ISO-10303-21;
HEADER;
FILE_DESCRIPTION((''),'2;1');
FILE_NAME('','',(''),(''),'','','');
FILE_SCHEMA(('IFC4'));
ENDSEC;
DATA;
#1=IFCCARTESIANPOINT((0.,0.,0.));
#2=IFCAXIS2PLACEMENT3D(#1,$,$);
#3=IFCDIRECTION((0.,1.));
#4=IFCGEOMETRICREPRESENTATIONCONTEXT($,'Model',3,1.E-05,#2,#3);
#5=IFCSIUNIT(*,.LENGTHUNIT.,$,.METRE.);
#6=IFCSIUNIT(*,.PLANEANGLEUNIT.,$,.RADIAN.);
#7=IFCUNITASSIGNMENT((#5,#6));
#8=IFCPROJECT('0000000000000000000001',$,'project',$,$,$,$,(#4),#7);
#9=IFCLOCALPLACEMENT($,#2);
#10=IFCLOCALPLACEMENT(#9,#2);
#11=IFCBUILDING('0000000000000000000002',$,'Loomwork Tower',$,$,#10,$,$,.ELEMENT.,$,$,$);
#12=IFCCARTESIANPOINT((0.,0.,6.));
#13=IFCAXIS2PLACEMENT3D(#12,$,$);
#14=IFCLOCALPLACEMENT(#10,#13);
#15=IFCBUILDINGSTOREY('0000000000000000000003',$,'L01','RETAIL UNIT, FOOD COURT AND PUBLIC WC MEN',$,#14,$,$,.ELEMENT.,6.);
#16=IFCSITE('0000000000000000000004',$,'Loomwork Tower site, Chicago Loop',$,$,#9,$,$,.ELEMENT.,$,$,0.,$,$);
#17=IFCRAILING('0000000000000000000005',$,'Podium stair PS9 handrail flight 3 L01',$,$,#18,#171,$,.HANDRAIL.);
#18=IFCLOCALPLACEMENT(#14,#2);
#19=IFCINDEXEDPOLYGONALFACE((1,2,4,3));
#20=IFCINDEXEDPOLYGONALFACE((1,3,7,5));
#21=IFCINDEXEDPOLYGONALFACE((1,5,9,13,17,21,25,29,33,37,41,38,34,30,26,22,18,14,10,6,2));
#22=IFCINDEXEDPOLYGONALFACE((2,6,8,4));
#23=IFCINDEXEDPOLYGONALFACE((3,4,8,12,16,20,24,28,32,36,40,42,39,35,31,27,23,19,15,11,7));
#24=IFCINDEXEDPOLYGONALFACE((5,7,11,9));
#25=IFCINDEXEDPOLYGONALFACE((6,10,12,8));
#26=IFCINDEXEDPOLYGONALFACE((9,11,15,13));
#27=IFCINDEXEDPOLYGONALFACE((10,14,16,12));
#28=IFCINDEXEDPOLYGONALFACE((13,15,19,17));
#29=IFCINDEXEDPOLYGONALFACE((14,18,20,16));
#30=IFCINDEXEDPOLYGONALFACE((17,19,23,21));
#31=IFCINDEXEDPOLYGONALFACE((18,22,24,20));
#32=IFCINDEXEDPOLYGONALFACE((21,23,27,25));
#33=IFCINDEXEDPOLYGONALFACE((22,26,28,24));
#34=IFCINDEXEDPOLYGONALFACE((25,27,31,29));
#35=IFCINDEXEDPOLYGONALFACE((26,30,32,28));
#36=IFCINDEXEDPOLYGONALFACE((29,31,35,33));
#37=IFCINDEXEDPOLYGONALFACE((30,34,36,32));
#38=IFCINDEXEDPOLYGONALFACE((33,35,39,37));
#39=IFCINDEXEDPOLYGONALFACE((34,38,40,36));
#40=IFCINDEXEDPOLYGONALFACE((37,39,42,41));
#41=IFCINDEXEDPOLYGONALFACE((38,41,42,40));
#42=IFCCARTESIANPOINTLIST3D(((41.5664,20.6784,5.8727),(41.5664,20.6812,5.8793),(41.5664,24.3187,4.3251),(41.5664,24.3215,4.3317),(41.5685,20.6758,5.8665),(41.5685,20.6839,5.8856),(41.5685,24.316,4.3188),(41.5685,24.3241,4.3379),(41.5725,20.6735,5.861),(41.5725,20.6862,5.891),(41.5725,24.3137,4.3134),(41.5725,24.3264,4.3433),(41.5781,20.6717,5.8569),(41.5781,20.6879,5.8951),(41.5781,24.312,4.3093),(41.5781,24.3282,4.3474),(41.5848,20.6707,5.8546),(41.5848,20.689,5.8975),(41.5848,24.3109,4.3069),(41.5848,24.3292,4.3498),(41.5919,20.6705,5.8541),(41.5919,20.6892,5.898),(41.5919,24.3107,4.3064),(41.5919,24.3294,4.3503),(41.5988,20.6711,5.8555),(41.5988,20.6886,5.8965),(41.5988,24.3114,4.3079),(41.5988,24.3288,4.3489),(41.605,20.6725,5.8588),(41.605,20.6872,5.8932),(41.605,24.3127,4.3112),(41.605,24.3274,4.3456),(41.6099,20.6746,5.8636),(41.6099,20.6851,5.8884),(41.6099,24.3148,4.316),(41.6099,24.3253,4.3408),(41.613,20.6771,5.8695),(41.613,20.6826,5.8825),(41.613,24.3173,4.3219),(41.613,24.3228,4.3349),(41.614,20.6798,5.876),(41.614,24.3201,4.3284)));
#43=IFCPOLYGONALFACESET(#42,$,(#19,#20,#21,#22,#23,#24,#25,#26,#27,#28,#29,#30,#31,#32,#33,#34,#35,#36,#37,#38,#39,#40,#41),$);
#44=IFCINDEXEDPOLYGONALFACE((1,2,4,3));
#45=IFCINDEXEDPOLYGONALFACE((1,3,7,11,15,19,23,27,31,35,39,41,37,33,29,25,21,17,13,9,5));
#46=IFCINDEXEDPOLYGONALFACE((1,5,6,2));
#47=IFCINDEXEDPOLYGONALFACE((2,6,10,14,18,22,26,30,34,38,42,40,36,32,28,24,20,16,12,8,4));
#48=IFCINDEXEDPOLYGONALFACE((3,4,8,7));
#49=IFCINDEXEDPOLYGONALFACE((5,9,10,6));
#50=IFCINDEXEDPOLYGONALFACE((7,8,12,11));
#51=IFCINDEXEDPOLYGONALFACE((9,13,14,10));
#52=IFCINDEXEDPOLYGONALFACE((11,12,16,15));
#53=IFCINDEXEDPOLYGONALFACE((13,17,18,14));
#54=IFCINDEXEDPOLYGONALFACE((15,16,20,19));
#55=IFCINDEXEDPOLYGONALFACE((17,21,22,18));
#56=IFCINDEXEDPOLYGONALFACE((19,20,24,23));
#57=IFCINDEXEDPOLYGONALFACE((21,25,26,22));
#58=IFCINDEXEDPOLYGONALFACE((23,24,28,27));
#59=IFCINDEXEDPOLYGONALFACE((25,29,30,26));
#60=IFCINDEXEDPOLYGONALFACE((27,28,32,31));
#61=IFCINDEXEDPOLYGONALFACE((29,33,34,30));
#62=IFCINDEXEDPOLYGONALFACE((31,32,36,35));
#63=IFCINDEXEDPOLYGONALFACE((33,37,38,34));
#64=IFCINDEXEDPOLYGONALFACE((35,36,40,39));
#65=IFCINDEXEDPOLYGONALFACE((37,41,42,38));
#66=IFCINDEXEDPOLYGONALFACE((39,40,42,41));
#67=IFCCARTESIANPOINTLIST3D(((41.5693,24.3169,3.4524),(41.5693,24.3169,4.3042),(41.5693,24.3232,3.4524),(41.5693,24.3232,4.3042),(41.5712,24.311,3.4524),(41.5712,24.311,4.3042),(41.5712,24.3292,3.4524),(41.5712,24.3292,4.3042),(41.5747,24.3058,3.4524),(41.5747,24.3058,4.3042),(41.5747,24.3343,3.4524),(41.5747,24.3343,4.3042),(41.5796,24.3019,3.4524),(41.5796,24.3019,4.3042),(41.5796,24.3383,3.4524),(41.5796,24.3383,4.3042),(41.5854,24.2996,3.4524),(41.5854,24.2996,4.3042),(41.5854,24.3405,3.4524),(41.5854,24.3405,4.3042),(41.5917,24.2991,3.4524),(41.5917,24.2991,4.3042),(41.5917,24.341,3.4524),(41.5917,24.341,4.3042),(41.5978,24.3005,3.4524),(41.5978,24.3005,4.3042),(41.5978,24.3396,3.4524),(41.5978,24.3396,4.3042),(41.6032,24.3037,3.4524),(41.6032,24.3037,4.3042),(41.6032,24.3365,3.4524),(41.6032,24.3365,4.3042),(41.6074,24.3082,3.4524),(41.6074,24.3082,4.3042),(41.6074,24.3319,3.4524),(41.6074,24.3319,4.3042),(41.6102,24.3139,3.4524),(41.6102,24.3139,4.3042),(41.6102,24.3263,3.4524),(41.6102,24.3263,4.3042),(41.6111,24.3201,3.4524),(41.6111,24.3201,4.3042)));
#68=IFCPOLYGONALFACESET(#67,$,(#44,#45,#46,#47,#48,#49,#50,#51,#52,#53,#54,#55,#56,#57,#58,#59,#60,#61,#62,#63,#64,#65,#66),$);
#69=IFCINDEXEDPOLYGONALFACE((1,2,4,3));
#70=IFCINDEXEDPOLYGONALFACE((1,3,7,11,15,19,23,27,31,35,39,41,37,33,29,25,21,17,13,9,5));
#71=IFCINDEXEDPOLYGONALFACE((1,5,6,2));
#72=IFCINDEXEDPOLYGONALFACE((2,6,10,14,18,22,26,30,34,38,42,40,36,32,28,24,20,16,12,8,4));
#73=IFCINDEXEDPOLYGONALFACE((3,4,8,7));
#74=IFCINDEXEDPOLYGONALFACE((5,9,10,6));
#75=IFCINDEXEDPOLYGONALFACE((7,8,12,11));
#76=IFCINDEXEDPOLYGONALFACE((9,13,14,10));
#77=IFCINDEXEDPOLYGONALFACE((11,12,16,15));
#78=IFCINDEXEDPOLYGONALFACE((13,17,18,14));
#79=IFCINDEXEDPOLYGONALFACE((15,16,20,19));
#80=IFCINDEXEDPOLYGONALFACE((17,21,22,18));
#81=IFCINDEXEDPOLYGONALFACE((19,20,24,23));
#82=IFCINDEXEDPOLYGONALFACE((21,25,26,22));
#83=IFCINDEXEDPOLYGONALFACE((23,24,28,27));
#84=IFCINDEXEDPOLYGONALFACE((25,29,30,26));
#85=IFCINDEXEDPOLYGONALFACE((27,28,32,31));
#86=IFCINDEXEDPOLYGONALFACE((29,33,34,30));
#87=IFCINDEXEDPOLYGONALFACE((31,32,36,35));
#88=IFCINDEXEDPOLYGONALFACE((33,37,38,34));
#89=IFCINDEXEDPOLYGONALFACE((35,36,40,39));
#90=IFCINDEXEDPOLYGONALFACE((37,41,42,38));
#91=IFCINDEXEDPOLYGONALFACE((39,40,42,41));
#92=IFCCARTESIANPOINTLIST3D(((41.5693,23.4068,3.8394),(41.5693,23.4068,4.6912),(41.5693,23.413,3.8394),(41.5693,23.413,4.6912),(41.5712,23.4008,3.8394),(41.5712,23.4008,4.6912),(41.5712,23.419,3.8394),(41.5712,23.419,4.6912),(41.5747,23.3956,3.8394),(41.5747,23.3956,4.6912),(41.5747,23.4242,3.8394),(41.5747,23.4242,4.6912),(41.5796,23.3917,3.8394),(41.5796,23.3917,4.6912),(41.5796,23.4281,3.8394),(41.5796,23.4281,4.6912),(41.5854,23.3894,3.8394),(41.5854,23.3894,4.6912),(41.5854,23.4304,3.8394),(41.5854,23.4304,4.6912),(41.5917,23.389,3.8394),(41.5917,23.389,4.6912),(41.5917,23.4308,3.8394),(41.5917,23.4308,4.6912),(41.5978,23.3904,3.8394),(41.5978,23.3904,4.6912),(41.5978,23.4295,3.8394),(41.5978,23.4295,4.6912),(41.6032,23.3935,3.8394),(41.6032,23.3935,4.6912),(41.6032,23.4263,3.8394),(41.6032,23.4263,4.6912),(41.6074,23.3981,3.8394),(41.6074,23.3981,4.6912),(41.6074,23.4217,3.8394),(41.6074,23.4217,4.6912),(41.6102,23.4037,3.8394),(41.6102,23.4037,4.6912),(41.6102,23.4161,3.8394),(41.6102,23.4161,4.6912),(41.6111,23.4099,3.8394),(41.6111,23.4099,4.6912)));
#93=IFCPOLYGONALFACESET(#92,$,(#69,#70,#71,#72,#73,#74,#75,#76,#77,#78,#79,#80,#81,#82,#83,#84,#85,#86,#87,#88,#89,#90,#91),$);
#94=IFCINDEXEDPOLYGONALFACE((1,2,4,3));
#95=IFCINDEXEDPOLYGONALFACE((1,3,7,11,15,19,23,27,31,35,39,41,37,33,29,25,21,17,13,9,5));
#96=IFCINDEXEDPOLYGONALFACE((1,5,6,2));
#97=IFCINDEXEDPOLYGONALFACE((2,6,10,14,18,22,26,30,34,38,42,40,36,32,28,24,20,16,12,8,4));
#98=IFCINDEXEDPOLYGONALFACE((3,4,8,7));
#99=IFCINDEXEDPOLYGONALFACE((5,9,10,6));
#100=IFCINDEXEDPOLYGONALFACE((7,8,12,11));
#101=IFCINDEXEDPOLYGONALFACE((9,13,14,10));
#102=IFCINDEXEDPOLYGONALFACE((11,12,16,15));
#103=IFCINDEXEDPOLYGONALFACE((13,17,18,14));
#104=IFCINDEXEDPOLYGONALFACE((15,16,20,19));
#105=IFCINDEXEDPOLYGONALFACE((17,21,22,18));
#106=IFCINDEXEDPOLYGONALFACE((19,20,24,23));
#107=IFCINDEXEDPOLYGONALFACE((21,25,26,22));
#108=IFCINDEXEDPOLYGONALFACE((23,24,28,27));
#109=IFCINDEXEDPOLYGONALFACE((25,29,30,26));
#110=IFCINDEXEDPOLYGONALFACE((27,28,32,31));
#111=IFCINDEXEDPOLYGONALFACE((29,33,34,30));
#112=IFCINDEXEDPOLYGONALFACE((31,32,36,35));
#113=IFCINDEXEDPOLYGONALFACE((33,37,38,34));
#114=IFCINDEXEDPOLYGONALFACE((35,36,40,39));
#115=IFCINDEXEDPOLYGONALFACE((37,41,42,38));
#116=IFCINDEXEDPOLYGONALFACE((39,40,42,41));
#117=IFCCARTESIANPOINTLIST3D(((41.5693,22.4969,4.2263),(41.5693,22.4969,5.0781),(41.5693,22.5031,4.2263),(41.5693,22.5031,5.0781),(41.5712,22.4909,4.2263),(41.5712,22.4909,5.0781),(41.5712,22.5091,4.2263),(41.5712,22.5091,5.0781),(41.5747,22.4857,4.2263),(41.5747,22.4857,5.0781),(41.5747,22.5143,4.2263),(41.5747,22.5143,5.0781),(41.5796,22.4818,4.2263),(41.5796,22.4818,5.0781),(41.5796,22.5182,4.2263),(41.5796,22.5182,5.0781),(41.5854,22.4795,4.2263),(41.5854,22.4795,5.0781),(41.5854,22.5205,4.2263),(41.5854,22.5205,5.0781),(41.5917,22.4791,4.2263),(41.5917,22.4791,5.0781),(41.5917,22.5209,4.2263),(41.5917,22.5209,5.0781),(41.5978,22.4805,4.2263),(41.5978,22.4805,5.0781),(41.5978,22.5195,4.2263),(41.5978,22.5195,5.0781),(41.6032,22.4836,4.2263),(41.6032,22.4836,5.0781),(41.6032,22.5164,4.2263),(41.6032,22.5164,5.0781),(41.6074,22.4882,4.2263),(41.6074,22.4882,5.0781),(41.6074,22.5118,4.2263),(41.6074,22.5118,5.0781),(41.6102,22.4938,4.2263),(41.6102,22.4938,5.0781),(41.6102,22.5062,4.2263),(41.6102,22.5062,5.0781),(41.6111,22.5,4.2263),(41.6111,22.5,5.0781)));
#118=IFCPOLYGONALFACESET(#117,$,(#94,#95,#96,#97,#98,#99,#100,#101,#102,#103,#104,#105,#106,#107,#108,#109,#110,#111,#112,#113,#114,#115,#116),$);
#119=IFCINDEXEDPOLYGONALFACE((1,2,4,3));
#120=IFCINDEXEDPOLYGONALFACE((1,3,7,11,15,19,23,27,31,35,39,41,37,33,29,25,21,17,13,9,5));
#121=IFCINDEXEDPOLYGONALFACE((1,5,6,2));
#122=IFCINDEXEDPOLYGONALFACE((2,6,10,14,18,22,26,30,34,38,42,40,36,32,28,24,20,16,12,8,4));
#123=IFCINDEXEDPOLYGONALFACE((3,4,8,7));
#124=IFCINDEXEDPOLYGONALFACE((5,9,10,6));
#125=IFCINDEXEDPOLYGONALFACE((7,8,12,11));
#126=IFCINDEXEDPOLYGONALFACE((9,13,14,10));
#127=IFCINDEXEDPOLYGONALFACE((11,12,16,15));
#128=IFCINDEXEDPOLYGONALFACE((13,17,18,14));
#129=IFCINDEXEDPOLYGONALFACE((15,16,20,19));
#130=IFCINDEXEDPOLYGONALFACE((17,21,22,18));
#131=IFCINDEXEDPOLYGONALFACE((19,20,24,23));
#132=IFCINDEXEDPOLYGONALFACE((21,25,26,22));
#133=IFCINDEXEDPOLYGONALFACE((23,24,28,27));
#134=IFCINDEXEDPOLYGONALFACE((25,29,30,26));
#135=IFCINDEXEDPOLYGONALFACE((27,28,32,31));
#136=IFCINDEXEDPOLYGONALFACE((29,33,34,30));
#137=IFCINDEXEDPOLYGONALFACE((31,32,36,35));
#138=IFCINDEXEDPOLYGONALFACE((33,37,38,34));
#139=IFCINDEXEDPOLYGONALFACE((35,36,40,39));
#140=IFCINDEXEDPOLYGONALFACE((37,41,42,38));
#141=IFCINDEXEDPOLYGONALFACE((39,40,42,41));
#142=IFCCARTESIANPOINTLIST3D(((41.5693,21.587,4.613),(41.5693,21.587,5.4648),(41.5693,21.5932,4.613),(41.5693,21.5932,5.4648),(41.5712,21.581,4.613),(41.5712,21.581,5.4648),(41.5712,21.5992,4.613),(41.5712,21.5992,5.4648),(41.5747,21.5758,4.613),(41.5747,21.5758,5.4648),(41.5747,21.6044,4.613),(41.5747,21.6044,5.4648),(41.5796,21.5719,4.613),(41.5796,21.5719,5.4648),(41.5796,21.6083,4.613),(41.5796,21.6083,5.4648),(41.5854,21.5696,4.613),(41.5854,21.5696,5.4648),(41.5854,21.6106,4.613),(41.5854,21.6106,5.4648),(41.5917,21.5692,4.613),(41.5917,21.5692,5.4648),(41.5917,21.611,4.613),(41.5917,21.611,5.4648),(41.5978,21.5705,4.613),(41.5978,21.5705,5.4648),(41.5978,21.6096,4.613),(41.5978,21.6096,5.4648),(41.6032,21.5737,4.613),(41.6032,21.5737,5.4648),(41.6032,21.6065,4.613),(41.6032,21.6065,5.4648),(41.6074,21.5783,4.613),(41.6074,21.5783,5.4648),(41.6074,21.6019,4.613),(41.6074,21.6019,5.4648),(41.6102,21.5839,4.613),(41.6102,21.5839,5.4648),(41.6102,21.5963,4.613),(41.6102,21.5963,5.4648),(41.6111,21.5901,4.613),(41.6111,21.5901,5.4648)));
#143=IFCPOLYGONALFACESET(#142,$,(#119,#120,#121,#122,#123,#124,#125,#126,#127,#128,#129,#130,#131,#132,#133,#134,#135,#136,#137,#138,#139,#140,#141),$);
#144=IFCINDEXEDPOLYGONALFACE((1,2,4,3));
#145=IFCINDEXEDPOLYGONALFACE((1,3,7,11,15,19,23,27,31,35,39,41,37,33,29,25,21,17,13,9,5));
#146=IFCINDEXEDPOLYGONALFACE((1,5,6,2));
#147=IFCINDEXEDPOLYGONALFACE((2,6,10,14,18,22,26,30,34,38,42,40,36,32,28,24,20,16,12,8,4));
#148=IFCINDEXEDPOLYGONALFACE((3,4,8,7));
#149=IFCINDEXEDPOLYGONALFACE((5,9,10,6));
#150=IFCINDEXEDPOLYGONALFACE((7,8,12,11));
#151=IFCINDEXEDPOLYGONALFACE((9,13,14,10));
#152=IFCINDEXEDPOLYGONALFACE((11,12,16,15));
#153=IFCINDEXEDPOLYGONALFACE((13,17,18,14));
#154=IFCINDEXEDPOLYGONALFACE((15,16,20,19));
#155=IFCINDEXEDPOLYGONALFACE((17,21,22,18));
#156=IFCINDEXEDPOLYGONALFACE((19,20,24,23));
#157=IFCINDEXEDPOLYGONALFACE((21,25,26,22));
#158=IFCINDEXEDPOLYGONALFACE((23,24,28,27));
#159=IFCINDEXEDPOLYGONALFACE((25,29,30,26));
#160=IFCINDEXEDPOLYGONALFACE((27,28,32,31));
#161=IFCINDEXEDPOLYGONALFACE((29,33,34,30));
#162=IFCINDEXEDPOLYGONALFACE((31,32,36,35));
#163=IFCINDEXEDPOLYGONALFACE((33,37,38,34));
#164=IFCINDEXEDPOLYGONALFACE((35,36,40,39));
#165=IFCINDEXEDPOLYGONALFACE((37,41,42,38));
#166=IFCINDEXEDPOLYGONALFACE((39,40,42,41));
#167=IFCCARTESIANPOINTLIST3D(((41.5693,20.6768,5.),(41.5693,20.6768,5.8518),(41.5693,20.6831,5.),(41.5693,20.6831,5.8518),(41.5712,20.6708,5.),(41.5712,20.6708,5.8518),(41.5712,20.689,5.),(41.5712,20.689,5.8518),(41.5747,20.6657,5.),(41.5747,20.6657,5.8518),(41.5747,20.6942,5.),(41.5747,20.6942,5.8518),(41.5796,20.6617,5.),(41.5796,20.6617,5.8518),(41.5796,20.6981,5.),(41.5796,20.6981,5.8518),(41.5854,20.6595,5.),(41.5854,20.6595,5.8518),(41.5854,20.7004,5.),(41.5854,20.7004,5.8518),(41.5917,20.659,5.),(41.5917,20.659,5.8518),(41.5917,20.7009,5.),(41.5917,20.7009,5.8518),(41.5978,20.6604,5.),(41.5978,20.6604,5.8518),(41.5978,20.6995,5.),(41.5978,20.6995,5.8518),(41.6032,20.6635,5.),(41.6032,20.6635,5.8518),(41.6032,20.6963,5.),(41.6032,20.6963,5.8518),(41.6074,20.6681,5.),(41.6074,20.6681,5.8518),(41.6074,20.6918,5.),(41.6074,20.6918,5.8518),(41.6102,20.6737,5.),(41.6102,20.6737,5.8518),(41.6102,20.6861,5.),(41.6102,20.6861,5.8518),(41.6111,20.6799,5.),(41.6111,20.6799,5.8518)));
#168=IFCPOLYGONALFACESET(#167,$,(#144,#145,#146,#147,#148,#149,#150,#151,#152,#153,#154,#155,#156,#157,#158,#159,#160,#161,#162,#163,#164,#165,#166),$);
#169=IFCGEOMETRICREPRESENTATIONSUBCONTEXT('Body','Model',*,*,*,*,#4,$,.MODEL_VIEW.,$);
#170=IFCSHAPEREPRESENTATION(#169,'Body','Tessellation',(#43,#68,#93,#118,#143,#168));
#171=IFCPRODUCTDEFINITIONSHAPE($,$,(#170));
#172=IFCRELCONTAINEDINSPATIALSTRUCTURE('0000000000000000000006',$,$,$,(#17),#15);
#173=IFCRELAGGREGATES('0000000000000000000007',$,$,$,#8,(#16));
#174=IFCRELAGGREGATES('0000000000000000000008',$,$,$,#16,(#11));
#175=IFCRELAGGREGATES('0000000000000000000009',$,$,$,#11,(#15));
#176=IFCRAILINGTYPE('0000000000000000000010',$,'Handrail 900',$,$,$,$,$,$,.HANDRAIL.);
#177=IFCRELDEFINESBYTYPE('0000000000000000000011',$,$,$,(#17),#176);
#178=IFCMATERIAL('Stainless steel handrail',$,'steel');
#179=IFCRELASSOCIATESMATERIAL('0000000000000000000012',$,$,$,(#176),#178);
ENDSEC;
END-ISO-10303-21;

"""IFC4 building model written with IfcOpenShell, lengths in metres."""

from ifc_helpers import new_model, si_unit, direction, frame, origin, origin_2d, place, context, subcontext, project, spatial, circle, extrude, material, type_object, element, save


model = new_model("IFC4")

# Units and contexts
model_context = context("Model", 3, precision=1e-05, world=origin(), true_north=direction((0.0, 1.0)))
body_context = subcontext(model_context, "Body", "Model", "MODEL_VIEW")
ifc_project = project(units=[si_unit("LENGTHUNIT", "METRE"), si_unit("PLANEANGLEUNIT", "RADIAN")], contexts=[model_context])

# Site, building, storey
site_placement = place(None, origin())
site = spatial("IfcSite", under=ifc_project, at=site_placement, Name="Loomwork Tower site, Chicago Loop", CompositionType="ELEMENT", RefElevation=0.0)
building_placement = place(site_placement, origin())
building = spatial("IfcBuilding", under=site, at=building_placement, Name="Loomwork Tower", CompositionType="ELEMENT")
storey_placement = place(building_placement, frame((0.0, 0.0, 6.0)))
storey = spatial("IfcBuildingStorey", under=building, at=storey_placement, Name="L01", Description="RETAIL UNIT, FOOD COURT AND PUBLIC WC MEN", CompositionType="ELEMENT", Elevation=6.0)

# Railing
ifc_material_1 = material(Name="Stainless steel handrail", Category="steel")
railing_type = type_object("IfcRailingType", Name="Handrail 900", PredefinedType="HANDRAIL", material=ifc_material_1)
railing_1_placement = place(storey_placement, frame((41.5901, 24.3201, 3.4524)))
element("IfcRailing", 1, at=railing_1_placement, inside=storey, type_object=railing_type, Name="Podium stair PS9 handrail flight 3 L01", PredefinedType="HANDRAIL", context=body_context, shape_type="SweptSolid", body=[
    extrude(circle(Radius=0.0239, at=origin_2d()), frame((0.0, 0.0, 0.876), z_axis=(0.0, -0.920281, 0.391258), x_axis=(1.0, 0.0, 0.0)), (0.0, 0.0, 1.0), 3.9556),
    extrude(circle(Radius=0.021, at=origin_2d()), origin(), (0.0, 0.0, 1.0), 0.8518),
    extrude(circle(Radius=0.021, at=origin_2d()), frame((0.0, -0.9102, 0.387)), (0.0, 0.0, 1.0), 0.8518),
    extrude(circle(Radius=0.021, at=origin_2d()), frame((0.0, -1.8201, 0.7739)), (0.0, 0.0, 1.0), 0.8518),
    extrude(circle(Radius=0.021, at=origin_2d()), frame((0.0, -2.73, 1.1606)), (0.0, 0.0, 1.0), 0.8518),
    extrude(circle(Radius=0.021, at=origin_2d()), frame((0.0, -3.6401, 1.5476)), (0.0, 0.0, 1.0), 0.8518),
])

save(model, "model.ifc")
